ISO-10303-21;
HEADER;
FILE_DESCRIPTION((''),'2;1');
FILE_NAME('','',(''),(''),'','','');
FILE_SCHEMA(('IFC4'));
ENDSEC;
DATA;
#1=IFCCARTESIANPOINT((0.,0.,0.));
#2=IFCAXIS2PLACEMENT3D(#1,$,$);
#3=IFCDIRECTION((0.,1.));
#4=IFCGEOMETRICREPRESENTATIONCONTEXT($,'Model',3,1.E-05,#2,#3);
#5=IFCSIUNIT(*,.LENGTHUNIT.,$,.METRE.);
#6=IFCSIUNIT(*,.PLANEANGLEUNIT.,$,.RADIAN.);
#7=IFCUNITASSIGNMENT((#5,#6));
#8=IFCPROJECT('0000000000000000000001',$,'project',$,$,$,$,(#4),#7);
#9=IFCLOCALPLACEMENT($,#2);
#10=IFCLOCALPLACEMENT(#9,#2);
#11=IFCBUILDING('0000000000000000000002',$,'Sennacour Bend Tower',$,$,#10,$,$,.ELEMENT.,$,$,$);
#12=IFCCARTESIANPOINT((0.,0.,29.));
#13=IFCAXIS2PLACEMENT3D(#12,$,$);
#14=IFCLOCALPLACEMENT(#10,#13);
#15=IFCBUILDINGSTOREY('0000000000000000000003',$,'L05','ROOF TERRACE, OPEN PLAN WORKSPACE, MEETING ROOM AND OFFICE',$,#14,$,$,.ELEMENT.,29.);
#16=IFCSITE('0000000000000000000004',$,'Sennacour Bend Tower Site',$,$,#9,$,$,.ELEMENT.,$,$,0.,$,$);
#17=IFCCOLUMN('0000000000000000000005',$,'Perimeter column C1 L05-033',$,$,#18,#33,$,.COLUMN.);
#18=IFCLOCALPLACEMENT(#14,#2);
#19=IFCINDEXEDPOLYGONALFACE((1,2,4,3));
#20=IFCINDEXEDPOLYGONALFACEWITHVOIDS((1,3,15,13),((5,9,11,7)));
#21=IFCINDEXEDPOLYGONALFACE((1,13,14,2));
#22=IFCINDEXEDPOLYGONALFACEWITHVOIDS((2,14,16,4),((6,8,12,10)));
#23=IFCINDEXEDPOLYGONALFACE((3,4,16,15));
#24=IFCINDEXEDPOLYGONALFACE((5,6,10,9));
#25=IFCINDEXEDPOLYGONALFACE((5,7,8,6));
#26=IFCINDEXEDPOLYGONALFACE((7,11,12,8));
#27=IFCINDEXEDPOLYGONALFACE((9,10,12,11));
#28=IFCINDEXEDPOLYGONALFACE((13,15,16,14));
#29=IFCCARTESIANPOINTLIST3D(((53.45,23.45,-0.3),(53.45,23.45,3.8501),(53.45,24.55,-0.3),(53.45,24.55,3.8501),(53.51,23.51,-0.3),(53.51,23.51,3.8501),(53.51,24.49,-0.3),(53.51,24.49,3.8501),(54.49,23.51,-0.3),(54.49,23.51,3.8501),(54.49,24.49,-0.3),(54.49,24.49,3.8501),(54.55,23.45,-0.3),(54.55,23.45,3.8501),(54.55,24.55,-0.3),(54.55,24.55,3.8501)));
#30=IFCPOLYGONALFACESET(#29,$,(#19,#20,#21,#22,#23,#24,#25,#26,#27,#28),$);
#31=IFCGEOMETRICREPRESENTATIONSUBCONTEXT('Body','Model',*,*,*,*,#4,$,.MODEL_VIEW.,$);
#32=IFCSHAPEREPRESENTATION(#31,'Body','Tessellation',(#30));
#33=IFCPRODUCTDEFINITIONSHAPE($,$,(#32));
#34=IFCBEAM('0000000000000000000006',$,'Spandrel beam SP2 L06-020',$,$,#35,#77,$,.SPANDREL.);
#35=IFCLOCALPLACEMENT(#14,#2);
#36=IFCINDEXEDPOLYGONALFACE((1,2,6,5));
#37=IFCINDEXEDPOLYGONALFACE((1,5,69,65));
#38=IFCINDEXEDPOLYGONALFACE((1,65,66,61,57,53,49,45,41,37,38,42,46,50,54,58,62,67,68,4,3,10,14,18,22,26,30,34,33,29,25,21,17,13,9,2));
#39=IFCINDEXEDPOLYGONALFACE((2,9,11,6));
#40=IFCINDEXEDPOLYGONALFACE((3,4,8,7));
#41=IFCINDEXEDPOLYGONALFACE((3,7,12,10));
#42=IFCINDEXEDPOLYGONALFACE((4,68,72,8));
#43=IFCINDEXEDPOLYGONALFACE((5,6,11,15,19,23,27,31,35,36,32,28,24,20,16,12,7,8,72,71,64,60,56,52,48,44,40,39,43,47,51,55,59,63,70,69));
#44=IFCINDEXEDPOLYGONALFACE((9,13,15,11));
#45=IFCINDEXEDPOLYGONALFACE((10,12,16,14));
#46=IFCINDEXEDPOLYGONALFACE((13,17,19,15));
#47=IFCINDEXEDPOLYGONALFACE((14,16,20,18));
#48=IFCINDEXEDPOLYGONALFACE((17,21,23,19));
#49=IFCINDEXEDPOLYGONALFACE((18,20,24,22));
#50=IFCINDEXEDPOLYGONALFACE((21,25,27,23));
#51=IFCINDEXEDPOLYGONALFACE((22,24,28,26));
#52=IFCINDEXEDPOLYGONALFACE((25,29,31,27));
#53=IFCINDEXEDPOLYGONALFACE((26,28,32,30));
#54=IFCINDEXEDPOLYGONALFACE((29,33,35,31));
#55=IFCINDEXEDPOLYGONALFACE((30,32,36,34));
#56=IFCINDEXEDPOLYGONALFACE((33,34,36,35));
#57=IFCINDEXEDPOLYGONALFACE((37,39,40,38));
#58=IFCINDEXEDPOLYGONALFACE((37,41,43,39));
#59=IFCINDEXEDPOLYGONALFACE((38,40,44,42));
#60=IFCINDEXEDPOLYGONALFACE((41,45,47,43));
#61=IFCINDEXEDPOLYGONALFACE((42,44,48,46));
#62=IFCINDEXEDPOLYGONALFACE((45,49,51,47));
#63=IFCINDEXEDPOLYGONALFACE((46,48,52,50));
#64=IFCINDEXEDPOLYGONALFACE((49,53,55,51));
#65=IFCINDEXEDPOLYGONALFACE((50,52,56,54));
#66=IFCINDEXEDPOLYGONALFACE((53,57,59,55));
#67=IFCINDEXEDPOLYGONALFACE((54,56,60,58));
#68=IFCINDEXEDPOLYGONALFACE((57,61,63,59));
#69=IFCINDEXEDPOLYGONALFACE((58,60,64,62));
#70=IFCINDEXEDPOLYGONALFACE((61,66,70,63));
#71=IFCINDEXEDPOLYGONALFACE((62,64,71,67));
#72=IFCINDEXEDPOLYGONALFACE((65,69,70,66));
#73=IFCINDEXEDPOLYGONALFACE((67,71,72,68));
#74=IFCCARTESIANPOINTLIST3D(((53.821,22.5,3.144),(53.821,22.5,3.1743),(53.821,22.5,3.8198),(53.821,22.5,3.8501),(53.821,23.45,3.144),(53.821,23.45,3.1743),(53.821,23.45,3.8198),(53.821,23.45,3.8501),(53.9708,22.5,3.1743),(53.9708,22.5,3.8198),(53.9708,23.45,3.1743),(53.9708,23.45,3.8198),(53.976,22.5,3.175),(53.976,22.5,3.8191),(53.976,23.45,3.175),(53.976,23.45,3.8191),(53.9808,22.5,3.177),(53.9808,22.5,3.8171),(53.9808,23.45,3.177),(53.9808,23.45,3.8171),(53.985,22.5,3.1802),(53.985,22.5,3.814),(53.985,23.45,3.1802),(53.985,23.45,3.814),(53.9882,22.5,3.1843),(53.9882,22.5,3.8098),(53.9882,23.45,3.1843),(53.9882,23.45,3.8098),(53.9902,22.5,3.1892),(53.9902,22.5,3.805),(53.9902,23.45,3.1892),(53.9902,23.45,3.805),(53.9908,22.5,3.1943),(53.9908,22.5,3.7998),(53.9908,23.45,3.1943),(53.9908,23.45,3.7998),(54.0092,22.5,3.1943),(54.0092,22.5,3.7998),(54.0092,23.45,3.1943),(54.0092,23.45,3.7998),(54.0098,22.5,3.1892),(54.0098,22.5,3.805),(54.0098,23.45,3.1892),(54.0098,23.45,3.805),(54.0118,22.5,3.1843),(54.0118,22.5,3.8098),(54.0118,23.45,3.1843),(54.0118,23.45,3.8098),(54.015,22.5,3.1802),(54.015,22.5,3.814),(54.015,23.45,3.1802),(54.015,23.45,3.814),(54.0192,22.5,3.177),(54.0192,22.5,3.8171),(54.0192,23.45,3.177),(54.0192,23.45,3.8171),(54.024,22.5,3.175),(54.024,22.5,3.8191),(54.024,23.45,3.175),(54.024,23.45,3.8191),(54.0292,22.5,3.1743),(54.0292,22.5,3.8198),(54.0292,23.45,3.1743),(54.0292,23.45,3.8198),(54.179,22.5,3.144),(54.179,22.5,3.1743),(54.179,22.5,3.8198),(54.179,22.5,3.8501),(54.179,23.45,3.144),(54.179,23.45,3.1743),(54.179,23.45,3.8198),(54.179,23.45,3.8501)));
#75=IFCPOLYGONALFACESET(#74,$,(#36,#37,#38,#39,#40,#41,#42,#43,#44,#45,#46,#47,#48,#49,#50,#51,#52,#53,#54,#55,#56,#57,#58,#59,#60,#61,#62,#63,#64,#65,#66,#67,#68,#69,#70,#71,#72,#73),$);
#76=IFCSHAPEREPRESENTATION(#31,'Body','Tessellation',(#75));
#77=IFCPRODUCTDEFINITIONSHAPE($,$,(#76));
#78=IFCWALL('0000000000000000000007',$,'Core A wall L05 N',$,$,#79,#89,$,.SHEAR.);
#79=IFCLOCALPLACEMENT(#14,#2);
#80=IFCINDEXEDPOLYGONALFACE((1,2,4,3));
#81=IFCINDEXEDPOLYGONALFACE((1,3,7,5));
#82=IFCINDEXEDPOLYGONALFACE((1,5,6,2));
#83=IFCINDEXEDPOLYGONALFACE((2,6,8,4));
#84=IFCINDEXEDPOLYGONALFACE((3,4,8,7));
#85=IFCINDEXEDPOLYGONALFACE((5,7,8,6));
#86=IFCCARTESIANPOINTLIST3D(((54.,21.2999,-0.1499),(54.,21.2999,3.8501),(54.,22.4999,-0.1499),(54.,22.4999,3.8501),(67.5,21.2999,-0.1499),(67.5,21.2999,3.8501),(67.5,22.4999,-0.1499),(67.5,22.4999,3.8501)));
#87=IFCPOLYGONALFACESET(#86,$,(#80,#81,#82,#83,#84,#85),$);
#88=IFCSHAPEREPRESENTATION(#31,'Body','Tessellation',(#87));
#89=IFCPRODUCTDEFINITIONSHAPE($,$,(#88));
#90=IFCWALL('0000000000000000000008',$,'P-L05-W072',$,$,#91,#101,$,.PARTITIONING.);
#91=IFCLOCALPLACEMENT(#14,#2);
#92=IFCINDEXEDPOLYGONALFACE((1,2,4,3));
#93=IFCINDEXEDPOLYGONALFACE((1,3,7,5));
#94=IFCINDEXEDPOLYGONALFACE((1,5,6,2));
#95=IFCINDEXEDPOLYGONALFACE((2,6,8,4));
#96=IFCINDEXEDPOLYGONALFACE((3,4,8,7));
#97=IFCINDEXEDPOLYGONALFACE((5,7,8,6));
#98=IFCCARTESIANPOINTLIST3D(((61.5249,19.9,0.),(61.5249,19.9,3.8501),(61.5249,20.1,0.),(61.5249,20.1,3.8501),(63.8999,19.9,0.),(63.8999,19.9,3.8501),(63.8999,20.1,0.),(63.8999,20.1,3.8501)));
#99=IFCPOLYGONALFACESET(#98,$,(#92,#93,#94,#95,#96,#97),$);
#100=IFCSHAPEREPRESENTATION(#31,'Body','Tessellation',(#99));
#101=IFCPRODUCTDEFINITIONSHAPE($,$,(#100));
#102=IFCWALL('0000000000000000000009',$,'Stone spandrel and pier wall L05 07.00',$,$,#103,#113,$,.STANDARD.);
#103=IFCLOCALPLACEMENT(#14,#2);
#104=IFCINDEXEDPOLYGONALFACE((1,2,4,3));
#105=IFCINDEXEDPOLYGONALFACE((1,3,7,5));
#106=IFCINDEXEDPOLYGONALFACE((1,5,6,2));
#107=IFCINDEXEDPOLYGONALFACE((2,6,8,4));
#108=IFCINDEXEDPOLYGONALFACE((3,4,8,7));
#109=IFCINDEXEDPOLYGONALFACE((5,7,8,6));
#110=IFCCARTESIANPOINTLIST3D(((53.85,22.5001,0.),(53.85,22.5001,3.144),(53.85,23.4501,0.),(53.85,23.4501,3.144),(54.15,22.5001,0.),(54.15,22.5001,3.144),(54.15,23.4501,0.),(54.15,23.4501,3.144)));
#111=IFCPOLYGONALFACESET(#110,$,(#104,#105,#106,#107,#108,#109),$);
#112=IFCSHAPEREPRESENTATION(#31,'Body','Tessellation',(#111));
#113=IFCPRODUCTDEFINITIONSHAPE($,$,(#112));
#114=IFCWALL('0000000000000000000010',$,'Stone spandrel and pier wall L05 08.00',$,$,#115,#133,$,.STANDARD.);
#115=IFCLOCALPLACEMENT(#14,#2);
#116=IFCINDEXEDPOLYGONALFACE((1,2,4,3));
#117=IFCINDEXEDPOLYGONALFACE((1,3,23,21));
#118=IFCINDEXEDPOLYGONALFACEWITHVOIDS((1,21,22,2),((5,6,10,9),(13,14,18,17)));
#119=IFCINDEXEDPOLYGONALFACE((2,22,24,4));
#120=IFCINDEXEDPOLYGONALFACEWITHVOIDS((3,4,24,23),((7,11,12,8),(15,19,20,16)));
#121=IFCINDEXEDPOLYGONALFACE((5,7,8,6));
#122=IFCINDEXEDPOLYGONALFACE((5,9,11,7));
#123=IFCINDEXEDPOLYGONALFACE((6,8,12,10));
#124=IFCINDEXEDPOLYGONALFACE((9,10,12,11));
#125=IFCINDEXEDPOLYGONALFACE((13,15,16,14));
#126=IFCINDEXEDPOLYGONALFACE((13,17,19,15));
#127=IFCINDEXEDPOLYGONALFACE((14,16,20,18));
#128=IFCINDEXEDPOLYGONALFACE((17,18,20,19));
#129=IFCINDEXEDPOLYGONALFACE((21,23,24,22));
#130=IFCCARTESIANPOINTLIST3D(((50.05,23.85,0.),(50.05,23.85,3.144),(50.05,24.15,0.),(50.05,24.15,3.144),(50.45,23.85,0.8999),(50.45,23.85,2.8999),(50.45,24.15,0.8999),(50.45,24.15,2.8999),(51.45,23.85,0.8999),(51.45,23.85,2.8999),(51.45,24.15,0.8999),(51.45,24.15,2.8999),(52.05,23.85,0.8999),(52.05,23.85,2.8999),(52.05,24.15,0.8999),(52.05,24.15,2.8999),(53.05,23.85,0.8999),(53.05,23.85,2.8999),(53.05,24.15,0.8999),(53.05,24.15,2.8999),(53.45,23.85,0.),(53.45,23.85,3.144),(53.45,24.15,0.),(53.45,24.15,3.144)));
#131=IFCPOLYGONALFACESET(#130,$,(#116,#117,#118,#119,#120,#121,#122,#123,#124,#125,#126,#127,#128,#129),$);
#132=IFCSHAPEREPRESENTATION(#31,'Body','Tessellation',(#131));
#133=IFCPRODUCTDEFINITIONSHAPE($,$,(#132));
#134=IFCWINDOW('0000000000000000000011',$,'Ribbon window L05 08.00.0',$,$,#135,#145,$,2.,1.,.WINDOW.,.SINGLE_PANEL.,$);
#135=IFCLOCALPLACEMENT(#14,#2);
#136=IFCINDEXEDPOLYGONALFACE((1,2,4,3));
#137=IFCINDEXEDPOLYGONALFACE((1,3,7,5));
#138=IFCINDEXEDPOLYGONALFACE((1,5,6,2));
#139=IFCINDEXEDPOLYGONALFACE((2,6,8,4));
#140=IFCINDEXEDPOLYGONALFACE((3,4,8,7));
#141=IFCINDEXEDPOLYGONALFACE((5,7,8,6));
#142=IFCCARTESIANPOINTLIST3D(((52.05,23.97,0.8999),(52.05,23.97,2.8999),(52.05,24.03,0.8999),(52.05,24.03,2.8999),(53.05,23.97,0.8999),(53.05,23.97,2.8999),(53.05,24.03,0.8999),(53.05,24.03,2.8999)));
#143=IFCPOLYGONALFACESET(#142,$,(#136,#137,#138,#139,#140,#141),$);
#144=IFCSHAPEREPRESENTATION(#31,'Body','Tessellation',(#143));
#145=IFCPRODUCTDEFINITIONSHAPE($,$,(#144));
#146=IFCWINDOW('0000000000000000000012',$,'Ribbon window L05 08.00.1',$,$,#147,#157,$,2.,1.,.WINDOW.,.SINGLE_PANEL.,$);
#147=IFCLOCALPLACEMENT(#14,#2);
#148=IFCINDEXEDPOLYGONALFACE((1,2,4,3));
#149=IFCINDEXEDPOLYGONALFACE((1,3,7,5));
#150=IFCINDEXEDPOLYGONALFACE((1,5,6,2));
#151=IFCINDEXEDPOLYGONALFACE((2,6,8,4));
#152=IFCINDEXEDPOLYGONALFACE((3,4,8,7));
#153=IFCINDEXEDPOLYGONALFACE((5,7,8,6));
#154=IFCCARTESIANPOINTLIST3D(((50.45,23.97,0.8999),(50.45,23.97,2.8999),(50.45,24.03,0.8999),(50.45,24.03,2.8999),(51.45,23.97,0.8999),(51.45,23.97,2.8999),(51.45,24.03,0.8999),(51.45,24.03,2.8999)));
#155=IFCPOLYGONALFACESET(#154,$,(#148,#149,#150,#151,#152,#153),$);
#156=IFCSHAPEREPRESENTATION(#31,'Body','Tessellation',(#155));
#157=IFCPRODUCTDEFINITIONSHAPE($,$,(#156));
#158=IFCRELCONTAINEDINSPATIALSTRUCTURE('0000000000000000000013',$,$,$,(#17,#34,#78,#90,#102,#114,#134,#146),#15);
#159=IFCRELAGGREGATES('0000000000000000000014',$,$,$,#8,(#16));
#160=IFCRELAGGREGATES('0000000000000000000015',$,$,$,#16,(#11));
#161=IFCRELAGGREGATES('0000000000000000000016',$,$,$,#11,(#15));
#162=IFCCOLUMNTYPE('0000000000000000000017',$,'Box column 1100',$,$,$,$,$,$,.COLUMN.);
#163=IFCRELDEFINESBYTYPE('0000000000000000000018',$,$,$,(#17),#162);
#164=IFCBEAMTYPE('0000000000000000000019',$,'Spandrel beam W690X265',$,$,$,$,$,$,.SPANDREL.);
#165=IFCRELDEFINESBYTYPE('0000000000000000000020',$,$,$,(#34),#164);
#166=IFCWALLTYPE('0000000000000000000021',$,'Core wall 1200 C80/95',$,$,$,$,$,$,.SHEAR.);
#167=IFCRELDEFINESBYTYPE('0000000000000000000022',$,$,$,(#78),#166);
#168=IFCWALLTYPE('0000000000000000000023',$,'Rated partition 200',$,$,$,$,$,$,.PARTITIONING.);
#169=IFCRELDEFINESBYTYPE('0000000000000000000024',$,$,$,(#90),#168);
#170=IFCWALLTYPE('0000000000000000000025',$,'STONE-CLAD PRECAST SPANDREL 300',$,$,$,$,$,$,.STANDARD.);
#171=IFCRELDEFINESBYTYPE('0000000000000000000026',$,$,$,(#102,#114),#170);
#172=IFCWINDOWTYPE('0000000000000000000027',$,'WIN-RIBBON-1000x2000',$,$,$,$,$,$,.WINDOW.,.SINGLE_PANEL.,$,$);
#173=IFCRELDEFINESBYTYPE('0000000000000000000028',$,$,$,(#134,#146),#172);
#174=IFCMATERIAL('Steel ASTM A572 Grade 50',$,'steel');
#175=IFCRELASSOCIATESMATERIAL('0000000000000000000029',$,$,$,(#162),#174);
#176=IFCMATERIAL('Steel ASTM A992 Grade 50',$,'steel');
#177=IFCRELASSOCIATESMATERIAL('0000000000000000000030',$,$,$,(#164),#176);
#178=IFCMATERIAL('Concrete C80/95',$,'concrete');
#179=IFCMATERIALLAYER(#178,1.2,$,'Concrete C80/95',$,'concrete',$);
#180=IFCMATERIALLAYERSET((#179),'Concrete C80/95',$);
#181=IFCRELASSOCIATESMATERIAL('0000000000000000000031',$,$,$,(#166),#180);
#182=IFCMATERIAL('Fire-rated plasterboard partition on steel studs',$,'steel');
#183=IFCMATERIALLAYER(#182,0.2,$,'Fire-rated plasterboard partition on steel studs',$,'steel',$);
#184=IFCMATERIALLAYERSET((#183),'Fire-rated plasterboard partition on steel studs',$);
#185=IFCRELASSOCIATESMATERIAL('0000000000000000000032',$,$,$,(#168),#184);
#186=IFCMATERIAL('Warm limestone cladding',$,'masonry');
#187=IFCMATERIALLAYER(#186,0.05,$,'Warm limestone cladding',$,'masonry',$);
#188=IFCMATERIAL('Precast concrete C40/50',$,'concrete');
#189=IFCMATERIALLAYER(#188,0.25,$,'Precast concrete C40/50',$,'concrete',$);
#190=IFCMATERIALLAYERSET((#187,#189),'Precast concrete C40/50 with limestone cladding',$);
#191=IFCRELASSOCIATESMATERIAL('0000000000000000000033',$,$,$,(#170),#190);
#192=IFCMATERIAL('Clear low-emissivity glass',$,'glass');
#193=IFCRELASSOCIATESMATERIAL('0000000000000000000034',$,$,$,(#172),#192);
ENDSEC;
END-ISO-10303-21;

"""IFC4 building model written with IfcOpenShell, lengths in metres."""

from ifc_helpers import new_model, si_unit, direction, frame, frame_2d, origin, origin_2d, place, context, subcontext, project, spatial, rectangle, hollow_rectangle, i_section, extrude, material, layer, layer_set, material_profile, profile_set, type_object, element, fill, save


model = new_model("IFC4")

# Units and contexts
model_context = context("Model", 3, precision=1e-05, world=origin(), true_north=direction((0.0, 1.0)))
body_context = subcontext(model_context, "Body", "Model", "MODEL_VIEW")
ifc_project = project(units=[si_unit("LENGTHUNIT", "METRE"), si_unit("PLANEANGLEUNIT", "RADIAN")], contexts=[model_context])

# Site, building, storey
site_placement = place(None, origin())
site = spatial("IfcSite", under=ifc_project, at=site_placement, Name="Sennacour Bend Tower Site", CompositionType="ELEMENT", RefElevation=0.0)
building_placement = place(site_placement, origin())
building = spatial("IfcBuilding", under=site, at=building_placement, Name="Sennacour Bend Tower", CompositionType="ELEMENT")
storey_placement = place(building_placement, frame((0.0, 0.0, 29.0)))
storey = spatial("IfcBuildingStorey", under=building, at=storey_placement, Name="L05", Description="ROOF TERRACE, OPEN PLAN WORKSPACE, MEETING ROOM AND OFFICE", CompositionType="ELEMENT", Elevation=29.0)

# Column
ifc_material_1 = material(Name="Steel ASTM A572 Grade 50", Category="steel")
ifc_material_profile_1 = material_profile(ifc_material_1, hollow_rectangle(XDim=1.1001, YDim=1.1001, WallThickness=0.0601, at=origin_2d()), Name="Steel ASTM A572 Grade 50", Category="steel")
ifc_profile_set_1 = profile_set([ifc_material_profile_1], Name="Steel ASTM A572 Grade 50")
column_type = type_object("IfcColumnType", Name="Box column 1100", PredefinedType="COLUMN", material=ifc_profile_set_1)
column_placement = place(storey_placement, frame((54.0, 24.0, -0.3), z_axis=(0.0, 0.0, 1.0), x_axis=(1.0, 0.0, 0.0)))
element("IfcColumn", 1, at=column_placement, inside=storey, type_object=column_type, Name="Perimeter column C1 L05-033", PredefinedType="COLUMN", context=body_context, shape_type="SweptSolid", body=[
    extrude(hollow_rectangle(XDim=1.1001, YDim=1.1001, WallThickness=0.0601, at=origin_2d()), origin(), (0.0, 0.0, 1.0), 4.1501),
])

# Beam
ifc_material_2 = material(Name="Steel ASTM A992 Grade 50", Category="steel")
ifc_material_profile_2 = material_profile(ifc_material_2, i_section(OverallWidth=0.3579, OverallDepth=0.7061, WebThickness=0.0183, FlangeThickness=0.0303, FilletRadius=0.02, at=origin_2d()), Name="Steel ASTM A992 Grade 50", Category="steel")
ifc_profile_set_2 = profile_set([ifc_material_profile_2], Name="Steel ASTM A992 Grade 50")
beam_type = type_object("IfcBeamType", Name="Spandrel beam W690X265", PredefinedType="SPANDREL", material=ifc_profile_set_2)
beam_placement = place(storey_placement, frame((54.0, 23.45, 3.4971), z_axis=(0.0, -1.0, 0.0), x_axis=(1.0, 0.0, 0.0)))
element("IfcBeam", 2, at=beam_placement, inside=storey, type_object=beam_type, Name="Spandrel beam SP2 L06-020", PredefinedType="SPANDREL", context=body_context, shape_type="SweptSolid", body=[
    extrude(i_section(OverallWidth=0.3579, OverallDepth=0.7061, WebThickness=0.0183, FlangeThickness=0.0303, FilletRadius=0.02, at=origin_2d()), origin(), (0.0, 0.0, 1.0), 0.95),
])

# Walls
ifc_material_3 = material(Name="Concrete C80/95", Category="concrete")
ifc_layer_1 = layer(ifc_material_3, 1.2, Name="Concrete C80/95", Category="concrete")
ifc_layer_set_1 = layer_set([ifc_layer_1], Name="Concrete C80/95")
wall_type_1 = type_object("IfcWallType", Name="Core wall 1200 C80/95", PredefinedType="SHEAR", material=ifc_layer_set_1)
wall_1_placement = place(storey_placement, frame((54.0, 21.8999, -0.1499), z_axis=(0.0, 0.0, 1.0), x_axis=(1.0, 0.0, 0.0)))
element("IfcWall", 3, at=wall_1_placement, inside=storey, type_object=wall_type_1, Name="Core A wall L05 N", PredefinedType="SHEAR", context=body_context, shape_type="SweptSolid", body=[
    extrude(rectangle(XDim=13.5, YDim=1.2, at=frame_2d((6.75, 0.0))), origin(), (0.0, 0.0, 1.0), 4.0),
])
ifc_material_4 = material(Name="Fire-rated plasterboard partition on steel studs", Category="steel")
ifc_layer_2 = layer(ifc_material_4, 0.2, Name="Fire-rated plasterboard partition on steel studs", Category="steel")
ifc_layer_set_2 = layer_set([ifc_layer_2], Name="Fire-rated plasterboard partition on steel studs")
wall_type_2 = type_object("IfcWallType", Name="Rated partition 200", PredefinedType="PARTITIONING", material=ifc_layer_set_2)
wall_2_placement = place(storey_placement, frame((61.5249, 20.0, 0.0), z_axis=(0.0, 0.0, 1.0), x_axis=(1.0, 0.0, 0.0)))
element("IfcWall", 4, at=wall_2_placement, inside=storey, type_object=wall_type_2, Name="P-L05-W072", PredefinedType="PARTITIONING", context=body_context, shape_type="SweptSolid", body=[
    extrude(rectangle(XDim=2.375, YDim=0.2, at=frame_2d((1.1875, 0.0))), origin(), (0.0, 0.0, 1.0), 3.8501),
])
ifc_material_5 = material(Name="Warm limestone cladding", Category="masonry")
ifc_layer_3 = layer(ifc_material_5, 0.05, Name="Warm limestone cladding", Category="masonry")
ifc_material_6 = material(Name="Precast concrete C40/50", Category="concrete")
ifc_layer_4 = layer(ifc_material_6, 0.25, Name="Precast concrete C40/50", Category="concrete")
ifc_layer_set_3 = layer_set([ifc_layer_3, ifc_layer_4], Name="Precast concrete C40/50 with limestone cladding")
wall_type_3 = type_object("IfcWallType", Name="STONE-CLAD PRECAST SPANDREL 300", PredefinedType="STANDARD", material=ifc_layer_set_3)
wall_3_placement = place(storey_placement, frame((54.0, 22.5, 0.0), z_axis=(0.0, 0.0, 1.0), x_axis=(0.0, 1.0, 0.0)))
element("IfcWall", 5, at=wall_3_placement, inside=storey, type_object=wall_type_3, Name="Stone spandrel and pier wall L05 07.00", PredefinedType="STANDARD", context=body_context, shape_type="SweptSolid", body=[
    extrude(rectangle(XDim=0.95, YDim=0.3, at=frame_2d((0.4751, 0.0))), origin(), (0.0, 0.0, 1.0), 3.144),
])

# Wall, openings, windows
wall_4_placement = place(storey_placement, frame((53.45, 24.0, 0.0), z_axis=(0.0, 0.0, 1.0), x_axis=(-1.0, 0.0, 0.0)))
wall_4 = element("IfcWall", 6, at=wall_4_placement, inside=storey, type_object=wall_type_3, Name="Stone spandrel and pier wall L05 08.00", PredefinedType="STANDARD", context=body_context, shape_type="SweptSolid", body=[
    extrude(rectangle(XDim=3.3999, YDim=0.3, at=frame_2d((1.7, 0.0))), origin(), (0.0, 0.0, 1.0), 3.144),
])
opening_1_placement = place(wall_4_placement, frame((0.3999, 0.0, 0.8999)))
opening_1 = element("IfcOpeningElement", 7, at=opening_1_placement, cuts=wall_4, PredefinedType="OPENING", context=body_context, shape_type="SweptSolid", body=[
    extrude(rectangle(XDim=1.0, YDim=2.0, at=frame_2d((0.5, 1.0))), frame((0.0, 0.1602, 0.0), z_axis=(0.0, -1.0, 0.0), x_axis=(1.0, 0.0, 0.0)), (0.0, 0.0, 1.0), 0.3201),
])
opening_2_placement = place(wall_4_placement, frame((2.0, 0.0, 0.8999)))
opening_2 = element("IfcOpeningElement", 8, at=opening_2_placement, cuts=wall_4, PredefinedType="OPENING", context=body_context, shape_type="SweptSolid", body=[
    extrude(rectangle(XDim=1.0, YDim=2.0, at=frame_2d((0.5, 1.0))), frame((0.0, 0.1602, 0.0), z_axis=(0.0, -1.0, 0.0), x_axis=(1.0, 0.0, 0.0)), (0.0, 0.0, 1.0), 0.3201),
])
ifc_material_7 = material(Name="Clear low-emissivity glass", Category="glass")
window_type = type_object("IfcWindowType", Name="WIN-RIBBON-1000x2000", PartitioningType="SINGLE_PANEL", PredefinedType="WINDOW", material=ifc_material_7)
window_1_placement = place(opening_1_placement, origin())
window_1 = element("IfcWindow", 9, at=window_1_placement, inside=storey, type_object=window_type, Name="Ribbon window L05 08.00.0", OverallHeight=2.0, OverallWidth=1.0, PartitioningType="SINGLE_PANEL", PredefinedType="WINDOW", context=body_context, shape_type="SweptSolid", body=[
    extrude(rectangle(XDim=1.0, YDim=2.0, at=frame_2d((0.5, 1.0))), frame((0.0, 0.03, 0.0), z_axis=(0.0, -1.0, 0.0), x_axis=(1.0, 0.0, 0.0)), (0.0, 0.0, 1.0), 0.0601),
])
fill(opening_1, window_1)
window_2_placement = place(opening_2_placement, origin())
window_2 = element("IfcWindow", 10, at=window_2_placement, inside=storey, type_object=window_type, Name="Ribbon window L05 08.00.1", OverallHeight=2.0, OverallWidth=1.0, PartitioningType="SINGLE_PANEL", PredefinedType="WINDOW", context=body_context, shape_type="SweptSolid", body=[
    extrude(rectangle(XDim=1.0, YDim=2.0, at=frame_2d((0.5, 1.0))), frame((0.0, 0.03, 0.0), z_axis=(0.0, -1.0, 0.0), x_axis=(1.0, 0.0, 0.0)), (0.0, 0.0, 1.0), 0.0601),
])
fill(opening_2, window_2)

save(model, "model.ifc")
